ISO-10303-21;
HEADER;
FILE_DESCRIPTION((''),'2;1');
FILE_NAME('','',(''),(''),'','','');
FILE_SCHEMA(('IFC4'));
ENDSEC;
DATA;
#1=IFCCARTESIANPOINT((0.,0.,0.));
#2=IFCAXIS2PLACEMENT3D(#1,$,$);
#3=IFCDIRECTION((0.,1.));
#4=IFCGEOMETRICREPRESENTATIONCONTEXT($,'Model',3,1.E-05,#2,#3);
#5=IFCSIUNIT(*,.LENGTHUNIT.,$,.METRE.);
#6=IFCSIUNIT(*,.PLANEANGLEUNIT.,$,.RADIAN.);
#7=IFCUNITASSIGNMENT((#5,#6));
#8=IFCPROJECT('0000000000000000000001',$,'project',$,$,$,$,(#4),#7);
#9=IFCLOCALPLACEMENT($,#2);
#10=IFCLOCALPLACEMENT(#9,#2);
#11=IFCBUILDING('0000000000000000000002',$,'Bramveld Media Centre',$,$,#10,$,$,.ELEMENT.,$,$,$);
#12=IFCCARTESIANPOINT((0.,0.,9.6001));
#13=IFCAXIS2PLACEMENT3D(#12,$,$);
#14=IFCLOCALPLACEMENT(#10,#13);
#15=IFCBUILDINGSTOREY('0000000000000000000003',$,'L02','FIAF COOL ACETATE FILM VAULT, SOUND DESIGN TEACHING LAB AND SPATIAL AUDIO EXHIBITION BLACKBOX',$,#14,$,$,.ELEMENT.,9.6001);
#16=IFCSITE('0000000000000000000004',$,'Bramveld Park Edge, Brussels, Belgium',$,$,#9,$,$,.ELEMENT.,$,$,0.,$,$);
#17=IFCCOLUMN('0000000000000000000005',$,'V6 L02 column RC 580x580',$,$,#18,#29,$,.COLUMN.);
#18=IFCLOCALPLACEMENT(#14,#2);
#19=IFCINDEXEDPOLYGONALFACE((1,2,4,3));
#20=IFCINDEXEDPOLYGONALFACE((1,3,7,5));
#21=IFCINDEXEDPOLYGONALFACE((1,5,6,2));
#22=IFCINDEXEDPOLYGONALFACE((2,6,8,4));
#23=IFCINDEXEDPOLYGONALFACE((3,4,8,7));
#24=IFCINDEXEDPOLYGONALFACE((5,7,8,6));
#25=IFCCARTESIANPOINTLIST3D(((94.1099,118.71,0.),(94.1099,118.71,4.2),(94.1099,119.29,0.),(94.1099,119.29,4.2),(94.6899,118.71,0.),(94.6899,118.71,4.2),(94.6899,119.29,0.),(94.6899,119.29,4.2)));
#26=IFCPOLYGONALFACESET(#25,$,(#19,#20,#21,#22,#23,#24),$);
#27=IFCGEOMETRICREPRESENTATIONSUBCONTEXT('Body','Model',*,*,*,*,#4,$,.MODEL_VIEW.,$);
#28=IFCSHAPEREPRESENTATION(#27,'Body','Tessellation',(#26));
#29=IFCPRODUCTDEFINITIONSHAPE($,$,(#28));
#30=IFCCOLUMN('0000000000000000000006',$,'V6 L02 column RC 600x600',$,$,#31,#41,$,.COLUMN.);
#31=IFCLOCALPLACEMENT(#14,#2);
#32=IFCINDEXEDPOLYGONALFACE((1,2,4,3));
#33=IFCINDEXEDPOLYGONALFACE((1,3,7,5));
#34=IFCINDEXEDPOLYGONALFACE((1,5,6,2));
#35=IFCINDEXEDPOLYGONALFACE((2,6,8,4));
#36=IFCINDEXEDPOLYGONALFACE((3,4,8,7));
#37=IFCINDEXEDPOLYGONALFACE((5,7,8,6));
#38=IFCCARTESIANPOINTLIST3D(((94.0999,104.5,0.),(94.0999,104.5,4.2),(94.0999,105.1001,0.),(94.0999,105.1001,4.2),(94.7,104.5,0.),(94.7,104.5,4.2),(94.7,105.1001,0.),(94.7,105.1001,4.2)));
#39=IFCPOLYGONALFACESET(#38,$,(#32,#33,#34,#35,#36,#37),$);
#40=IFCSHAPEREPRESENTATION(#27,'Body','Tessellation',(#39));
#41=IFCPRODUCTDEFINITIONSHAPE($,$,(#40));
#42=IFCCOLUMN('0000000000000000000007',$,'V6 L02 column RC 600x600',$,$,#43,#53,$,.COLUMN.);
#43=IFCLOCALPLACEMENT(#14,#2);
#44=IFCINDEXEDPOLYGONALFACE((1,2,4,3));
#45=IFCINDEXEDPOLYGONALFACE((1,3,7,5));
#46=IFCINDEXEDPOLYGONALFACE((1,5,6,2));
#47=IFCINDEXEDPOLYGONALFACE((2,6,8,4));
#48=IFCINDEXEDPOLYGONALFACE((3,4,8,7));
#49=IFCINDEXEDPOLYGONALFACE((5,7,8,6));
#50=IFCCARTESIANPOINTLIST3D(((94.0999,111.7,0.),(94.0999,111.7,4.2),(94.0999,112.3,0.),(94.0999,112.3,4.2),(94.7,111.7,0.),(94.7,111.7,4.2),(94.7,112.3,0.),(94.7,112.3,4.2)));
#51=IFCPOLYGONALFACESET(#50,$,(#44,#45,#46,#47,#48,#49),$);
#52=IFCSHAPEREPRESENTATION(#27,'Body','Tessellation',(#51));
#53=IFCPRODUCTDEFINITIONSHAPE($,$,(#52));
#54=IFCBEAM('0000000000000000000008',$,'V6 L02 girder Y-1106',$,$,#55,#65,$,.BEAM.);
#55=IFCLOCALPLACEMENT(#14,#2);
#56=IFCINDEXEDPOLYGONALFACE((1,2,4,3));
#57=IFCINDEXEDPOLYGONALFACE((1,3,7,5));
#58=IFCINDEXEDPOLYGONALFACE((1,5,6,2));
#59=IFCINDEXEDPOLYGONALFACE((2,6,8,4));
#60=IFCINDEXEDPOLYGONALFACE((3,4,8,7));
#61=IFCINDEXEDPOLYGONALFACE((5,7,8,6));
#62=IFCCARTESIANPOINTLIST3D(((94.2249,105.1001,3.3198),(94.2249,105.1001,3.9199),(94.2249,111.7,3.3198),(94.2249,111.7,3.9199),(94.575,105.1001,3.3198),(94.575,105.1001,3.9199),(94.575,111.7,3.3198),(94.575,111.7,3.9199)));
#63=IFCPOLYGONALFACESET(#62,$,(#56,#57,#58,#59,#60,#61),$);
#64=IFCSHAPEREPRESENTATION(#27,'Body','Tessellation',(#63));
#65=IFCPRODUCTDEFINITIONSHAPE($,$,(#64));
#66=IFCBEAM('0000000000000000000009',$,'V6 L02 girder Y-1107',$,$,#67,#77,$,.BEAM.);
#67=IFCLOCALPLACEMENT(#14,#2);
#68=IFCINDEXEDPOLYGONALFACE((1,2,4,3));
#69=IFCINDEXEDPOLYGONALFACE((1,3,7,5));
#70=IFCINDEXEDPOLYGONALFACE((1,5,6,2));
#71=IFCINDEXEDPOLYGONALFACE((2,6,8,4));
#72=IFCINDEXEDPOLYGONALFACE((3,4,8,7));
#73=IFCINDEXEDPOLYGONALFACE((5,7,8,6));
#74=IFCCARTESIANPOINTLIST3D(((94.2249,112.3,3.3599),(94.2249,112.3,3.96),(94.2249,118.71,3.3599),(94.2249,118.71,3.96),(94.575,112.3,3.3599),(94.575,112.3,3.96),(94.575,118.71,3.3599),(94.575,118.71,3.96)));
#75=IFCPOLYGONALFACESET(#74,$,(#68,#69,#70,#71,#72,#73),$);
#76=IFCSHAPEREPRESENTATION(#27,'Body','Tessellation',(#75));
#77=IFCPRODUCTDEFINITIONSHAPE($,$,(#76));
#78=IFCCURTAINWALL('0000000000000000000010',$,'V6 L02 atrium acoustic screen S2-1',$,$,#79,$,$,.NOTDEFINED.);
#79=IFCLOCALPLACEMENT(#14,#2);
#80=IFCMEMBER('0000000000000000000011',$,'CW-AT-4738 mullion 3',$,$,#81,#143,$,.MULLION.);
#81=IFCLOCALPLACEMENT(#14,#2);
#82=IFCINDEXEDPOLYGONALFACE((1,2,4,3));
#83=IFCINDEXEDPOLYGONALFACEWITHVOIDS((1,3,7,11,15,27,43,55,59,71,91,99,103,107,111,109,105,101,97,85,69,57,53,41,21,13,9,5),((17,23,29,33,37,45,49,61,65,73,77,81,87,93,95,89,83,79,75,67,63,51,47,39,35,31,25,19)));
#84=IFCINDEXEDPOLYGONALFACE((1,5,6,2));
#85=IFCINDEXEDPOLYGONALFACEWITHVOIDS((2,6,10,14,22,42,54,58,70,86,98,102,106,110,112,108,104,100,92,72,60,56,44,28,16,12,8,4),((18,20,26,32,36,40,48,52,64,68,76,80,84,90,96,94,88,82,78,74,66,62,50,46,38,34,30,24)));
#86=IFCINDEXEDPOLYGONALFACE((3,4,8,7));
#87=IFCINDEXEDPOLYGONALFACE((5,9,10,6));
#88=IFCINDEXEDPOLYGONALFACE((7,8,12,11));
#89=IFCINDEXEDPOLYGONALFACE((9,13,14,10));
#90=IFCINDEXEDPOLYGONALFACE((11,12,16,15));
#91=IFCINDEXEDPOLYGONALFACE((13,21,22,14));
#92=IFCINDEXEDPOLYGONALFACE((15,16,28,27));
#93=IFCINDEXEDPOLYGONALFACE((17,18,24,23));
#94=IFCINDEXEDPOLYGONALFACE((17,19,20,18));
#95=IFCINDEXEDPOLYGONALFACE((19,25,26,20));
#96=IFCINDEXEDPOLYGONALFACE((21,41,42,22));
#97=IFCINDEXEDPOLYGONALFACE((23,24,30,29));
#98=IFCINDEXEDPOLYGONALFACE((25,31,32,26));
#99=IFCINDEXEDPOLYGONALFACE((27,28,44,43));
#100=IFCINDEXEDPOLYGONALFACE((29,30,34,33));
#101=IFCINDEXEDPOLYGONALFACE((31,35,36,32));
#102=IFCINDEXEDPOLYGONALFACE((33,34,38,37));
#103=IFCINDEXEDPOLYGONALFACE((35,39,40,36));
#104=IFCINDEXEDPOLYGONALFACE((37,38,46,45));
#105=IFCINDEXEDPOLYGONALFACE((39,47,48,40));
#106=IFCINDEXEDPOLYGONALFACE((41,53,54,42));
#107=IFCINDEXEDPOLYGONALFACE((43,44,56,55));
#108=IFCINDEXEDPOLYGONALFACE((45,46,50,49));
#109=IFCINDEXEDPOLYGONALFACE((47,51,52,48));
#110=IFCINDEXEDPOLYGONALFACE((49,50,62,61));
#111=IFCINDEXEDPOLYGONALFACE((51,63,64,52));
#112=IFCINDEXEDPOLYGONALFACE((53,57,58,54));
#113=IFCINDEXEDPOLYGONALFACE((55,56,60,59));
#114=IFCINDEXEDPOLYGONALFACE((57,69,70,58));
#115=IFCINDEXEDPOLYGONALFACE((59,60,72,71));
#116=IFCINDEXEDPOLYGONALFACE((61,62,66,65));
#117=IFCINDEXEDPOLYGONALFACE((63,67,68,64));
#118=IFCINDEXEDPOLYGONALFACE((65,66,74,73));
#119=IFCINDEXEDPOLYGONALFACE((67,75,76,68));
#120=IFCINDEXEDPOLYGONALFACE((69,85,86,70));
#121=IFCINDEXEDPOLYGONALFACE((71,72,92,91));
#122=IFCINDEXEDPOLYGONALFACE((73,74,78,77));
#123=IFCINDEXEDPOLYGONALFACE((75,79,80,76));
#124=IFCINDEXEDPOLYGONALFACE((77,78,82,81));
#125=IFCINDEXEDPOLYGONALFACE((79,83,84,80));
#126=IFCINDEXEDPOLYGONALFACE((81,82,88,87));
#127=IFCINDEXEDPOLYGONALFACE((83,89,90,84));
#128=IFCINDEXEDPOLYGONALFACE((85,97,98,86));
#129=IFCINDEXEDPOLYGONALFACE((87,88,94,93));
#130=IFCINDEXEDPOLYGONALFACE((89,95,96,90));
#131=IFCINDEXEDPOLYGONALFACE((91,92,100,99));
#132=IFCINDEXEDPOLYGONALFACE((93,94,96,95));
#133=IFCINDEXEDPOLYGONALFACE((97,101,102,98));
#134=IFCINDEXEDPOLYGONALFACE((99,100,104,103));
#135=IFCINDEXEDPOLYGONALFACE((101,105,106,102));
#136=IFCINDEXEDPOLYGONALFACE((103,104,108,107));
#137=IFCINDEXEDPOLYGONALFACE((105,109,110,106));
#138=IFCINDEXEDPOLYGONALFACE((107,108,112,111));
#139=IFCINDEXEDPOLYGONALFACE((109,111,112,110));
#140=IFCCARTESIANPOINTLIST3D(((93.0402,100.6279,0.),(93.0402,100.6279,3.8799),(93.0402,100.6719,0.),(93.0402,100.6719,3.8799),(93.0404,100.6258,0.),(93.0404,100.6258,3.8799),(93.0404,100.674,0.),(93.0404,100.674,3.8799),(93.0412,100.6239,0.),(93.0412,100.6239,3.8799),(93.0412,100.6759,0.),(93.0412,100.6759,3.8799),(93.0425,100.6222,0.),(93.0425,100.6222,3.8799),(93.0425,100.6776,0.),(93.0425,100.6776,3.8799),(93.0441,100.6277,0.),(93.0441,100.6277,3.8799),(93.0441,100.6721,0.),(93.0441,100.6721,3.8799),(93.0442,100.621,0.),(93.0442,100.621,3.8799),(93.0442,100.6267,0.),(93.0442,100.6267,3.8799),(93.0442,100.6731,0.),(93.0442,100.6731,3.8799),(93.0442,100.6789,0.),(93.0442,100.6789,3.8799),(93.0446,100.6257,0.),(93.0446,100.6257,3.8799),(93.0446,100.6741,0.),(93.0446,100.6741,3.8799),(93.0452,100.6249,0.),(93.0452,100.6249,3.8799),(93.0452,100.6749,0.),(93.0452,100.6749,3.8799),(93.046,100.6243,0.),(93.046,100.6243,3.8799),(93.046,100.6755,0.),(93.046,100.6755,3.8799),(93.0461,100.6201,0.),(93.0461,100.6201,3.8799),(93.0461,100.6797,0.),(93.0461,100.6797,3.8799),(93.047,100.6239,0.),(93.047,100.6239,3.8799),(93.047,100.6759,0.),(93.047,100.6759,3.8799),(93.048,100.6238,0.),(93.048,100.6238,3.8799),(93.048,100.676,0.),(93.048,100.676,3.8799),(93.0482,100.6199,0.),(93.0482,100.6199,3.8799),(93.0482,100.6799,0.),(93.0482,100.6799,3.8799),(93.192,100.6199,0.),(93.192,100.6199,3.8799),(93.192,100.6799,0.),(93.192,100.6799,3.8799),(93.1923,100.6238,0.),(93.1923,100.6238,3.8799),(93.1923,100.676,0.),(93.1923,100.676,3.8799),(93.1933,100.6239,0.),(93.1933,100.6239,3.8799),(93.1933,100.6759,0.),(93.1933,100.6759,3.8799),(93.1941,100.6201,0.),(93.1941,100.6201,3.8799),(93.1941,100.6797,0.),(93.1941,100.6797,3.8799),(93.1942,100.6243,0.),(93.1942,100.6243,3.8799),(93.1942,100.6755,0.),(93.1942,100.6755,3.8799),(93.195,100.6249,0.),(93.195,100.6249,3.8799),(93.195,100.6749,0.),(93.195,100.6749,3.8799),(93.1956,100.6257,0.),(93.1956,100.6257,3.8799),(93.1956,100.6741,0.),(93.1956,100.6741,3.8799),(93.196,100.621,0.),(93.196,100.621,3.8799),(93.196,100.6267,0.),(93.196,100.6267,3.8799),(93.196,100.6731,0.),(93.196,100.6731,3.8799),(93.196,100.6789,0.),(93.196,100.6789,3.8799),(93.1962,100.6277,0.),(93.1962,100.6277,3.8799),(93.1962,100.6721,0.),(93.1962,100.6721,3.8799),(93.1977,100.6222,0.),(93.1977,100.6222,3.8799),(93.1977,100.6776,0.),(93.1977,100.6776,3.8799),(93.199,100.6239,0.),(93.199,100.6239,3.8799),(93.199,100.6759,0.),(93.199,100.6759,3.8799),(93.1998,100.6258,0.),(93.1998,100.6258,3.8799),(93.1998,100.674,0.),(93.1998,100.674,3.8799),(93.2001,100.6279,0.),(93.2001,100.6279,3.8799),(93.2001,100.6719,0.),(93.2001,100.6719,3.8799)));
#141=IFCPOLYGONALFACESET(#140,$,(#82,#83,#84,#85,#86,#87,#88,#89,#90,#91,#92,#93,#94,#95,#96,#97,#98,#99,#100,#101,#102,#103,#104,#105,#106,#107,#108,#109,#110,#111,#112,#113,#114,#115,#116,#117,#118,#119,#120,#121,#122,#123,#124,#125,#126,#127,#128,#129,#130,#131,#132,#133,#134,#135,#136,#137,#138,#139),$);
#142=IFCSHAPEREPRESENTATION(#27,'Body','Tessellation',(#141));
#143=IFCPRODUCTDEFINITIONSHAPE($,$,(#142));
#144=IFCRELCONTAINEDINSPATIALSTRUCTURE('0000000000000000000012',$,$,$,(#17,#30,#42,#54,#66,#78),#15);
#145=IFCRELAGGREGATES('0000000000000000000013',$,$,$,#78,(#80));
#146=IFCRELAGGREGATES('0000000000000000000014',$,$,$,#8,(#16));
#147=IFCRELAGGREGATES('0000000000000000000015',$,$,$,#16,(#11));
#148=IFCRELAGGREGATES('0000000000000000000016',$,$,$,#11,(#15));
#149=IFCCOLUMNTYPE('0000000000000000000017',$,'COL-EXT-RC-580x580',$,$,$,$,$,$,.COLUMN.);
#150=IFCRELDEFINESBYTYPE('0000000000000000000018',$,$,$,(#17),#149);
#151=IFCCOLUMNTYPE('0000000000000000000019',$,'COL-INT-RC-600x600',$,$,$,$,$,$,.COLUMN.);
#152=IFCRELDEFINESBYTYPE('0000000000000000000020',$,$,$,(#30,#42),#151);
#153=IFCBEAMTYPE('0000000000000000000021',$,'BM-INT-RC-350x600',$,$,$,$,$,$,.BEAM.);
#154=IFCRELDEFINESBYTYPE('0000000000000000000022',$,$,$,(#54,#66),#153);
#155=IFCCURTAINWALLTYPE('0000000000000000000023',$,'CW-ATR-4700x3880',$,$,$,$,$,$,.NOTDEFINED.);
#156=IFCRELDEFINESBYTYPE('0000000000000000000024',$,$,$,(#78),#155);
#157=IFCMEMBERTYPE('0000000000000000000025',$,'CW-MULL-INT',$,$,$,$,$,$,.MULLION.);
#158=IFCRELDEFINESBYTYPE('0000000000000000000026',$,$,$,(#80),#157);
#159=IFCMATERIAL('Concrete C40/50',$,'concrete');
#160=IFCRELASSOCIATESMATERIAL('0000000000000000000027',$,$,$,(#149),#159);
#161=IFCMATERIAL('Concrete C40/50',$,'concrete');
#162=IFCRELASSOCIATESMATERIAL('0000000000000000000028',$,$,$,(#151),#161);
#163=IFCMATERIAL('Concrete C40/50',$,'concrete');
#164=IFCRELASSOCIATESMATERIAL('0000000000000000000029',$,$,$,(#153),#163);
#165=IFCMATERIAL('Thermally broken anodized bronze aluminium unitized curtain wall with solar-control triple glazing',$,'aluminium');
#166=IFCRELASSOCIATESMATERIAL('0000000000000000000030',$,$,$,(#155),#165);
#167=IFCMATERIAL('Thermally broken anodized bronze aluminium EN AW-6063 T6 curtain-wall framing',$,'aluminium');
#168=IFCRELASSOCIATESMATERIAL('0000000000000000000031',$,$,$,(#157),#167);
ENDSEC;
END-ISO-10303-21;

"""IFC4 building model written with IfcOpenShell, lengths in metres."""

from ifc_helpers import new_model, si_unit, direction, frame, origin, origin_2d, place, context, subcontext, project, spatial, rectangle, hollow_rectangle, extrude, material, material_profile, profile_set, type_object, element, aggregate, save


model = new_model("IFC4")

# Units and contexts
model_context = context("Model", 3, precision=1e-05, world=origin(), true_north=direction((0.0, 1.0)))
body_context = subcontext(model_context, "Body", "Model", "MODEL_VIEW")
ifc_project = project(units=[si_unit("LENGTHUNIT", "METRE"), si_unit("PLANEANGLEUNIT", "RADIAN")], contexts=[model_context])

# Site, building, storey
site_placement = place(None, origin())
site = spatial("IfcSite", under=ifc_project, at=site_placement, Name="Bramveld Park Edge, Brussels, Belgium", CompositionType="ELEMENT", RefElevation=0.0)
building_placement = place(site_placement, origin())
building = spatial("IfcBuilding", under=site, at=building_placement, Name="Bramveld Media Centre", CompositionType="ELEMENT")
storey_placement = place(building_placement, frame((0.0, 0.0, 9.6001)))
storey = spatial("IfcBuildingStorey", under=building, at=storey_placement, Name="L02", Description="FIAF COOL ACETATE FILM VAULT, SOUND DESIGN TEACHING LAB AND SPATIAL AUDIO EXHIBITION BLACKBOX", CompositionType="ELEMENT", Elevation=9.6001)

# Columns
ifc_material_1 = material(Name="Concrete C40/50", Category="concrete")
ifc_material_profile_1 = material_profile(ifc_material_1, rectangle(XDim=0.5801, YDim=0.5801, at=origin_2d()), Name="RC 580x580")
ifc_profile_set_1 = profile_set([ifc_material_profile_1], Name="Concrete C40/50")
column_type_1 = type_object("IfcColumnType", Name="COL-EXT-RC-580x580", PredefinedType="COLUMN", material=ifc_profile_set_1)
column_placement = place(storey_placement, frame((94.3999, 119.0, 0.0), z_axis=(0.0, 0.0, 1.0), x_axis=(1.0, 0.0, 0.0)))
element("IfcColumn", 1, at=column_placement, inside=storey, type_object=column_type_1, Name="V6 L02 column RC 580x580", PredefinedType="COLUMN", context=body_context, shape_type="SweptSolid", body=[
    extrude(rectangle(XDim=0.5801, YDim=0.5801, at=origin_2d()), origin(), (0.0, 0.0, 1.0), 4.2),
])
ifc_material_2 = material(Name="Concrete C40/50", Category="concrete")
ifc_material_profile_2 = material_profile(ifc_material_2, rectangle(XDim=0.6001, YDim=0.6001, at=origin_2d()), Name="RC 600x600")
ifc_profile_set_2 = profile_set([ifc_material_profile_2], Name="Concrete C40/50")
column_type_2 = type_object("IfcColumnType", Name="COL-INT-RC-600x600", PredefinedType="COLUMN", material=ifc_profile_set_2)
for number, where, z_axis, x_axis, name in (
    (2, (94.3999, 104.8, 0.0), (0.0, 0.0, 1.0), (1.0, 0.0, 0.0), "V6 L02 column RC 600x600"),
    (3, (94.3999, 112.0, 0.0), (0.0, 0.0, 1.0), (1.0, 0.0, 0.0), "V6 L02 column RC 600x600"),
):
    element("IfcColumn", number, at=place(storey_placement, frame(where, z_axis=z_axis, x_axis=x_axis)), inside=storey, type_object=column_type_2, Name=name, PredefinedType="COLUMN", context=body_context, shape_type="SweptSolid", body=[
        extrude(rectangle(XDim=0.6001, YDim=0.6001, at=origin_2d()), origin(), (0.0, 0.0, 1.0), 4.2),
    ])

# Beams
ifc_material_3 = material(Name="Concrete C40/50", Category="concrete")
ifc_material_profile_3 = material_profile(ifc_material_3, rectangle(XDim=0.3501, YDim=0.6001, at=origin_2d()), Name="RC 350x600")
ifc_profile_set_3 = profile_set([ifc_material_profile_3], Name="Concrete C40/50")
beam_type_1 = type_object("IfcBeamType", Name="BM-INT-RC-350x600", PredefinedType="BEAM", material=ifc_profile_set_3)
beam_1_placement = place(storey_placement, frame((94.3999, 105.1001, 3.6199), z_axis=(0.0, 1.0, 0.0), x_axis=(-1.0, 0.0, 0.0)))
element("IfcBeam", 4, at=beam_1_placement, inside=storey, type_object=beam_type_1, Name="V6 L02 girder Y-1106", PredefinedType="BEAM", context=body_context, shape_type="SweptSolid", body=[
    extrude(rectangle(XDim=0.3501, YDim=0.6001, at=origin_2d()), origin(), (0.0, 0.0, 1.0), 6.5999),
])
beam_2_placement = place(storey_placement, frame((94.3999, 112.3, 3.6599), z_axis=(0.0, 1.0, 0.0), x_axis=(-1.0, 0.0, 0.0)))
element("IfcBeam", 5, at=beam_2_placement, inside=storey, type_object=beam_type_1, Name="V6 L02 girder Y-1107", PredefinedType="BEAM", context=body_context, shape_type="SweptSolid", body=[
    extrude(rectangle(XDim=0.3501, YDim=0.6001, at=origin_2d()), origin(), (0.0, 0.0, 1.0), 6.4099),
])

# Curtain wall, member
ifc_material_4 = material(Name="Thermally broken anodized bronze aluminium unitized curtain wall with solar-control triple glazing", Category="aluminium")
curtain_wall_type_1 = type_object("IfcCurtainWallType", Name="CW-ATR-4700x3880", PredefinedType="NOTDEFINED", material=ifc_material_4)
curtain_wall_1_placement = place(storey_placement, origin())
curtain_wall_1 = element("IfcCurtainWall", 6, at=curtain_wall_1_placement, inside=storey, type_object=curtain_wall_type_1, Name="V6 L02 atrium acoustic screen S2-1", PredefinedType="NOTDEFINED")
ifc_material_5 = material(Name="Thermally broken anodized bronze aluminium EN AW-6063 T6 curtain-wall framing", Category="aluminium")
ifc_material_profile_4 = material_profile(ifc_material_5, hollow_rectangle(XDim=0.0601, YDim=0.1599, WallThickness=0.0039, InnerFilletRadius=0.0039, OuterFilletRadius=0.0081, at=origin_2d()), Name="AL-MULL 60x160")
ifc_profile_set_4 = profile_set([ifc_material_profile_4], Name="Thermally broken anodized bronze aluminium EN AW-6063 T6 curtain-wall framing")
member_type_1 = type_object("IfcMemberType", Name="CW-MULL-INT", PredefinedType="MULLION", material=ifc_profile_set_4)
member_1_placement = place(storey_placement, frame((93.1201, 100.6499, 0.0), z_axis=(0.0, 0.0, 1.0), x_axis=(0.0, 1.0, 0.0)))
member_1 = element("IfcMember", 7, at=member_1_placement, type_object=member_type_1, Name="CW-AT-4738 mullion 3", PredefinedType="MULLION", context=body_context, shape_type="SweptSolid", body=[
    extrude(hollow_rectangle(XDim=0.0601, YDim=0.1599, WallThickness=0.0039, InnerFilletRadius=0.0039, OuterFilletRadius=0.0081, at=origin_2d()), origin(), (0.0, 0.0, 1.0), 3.8799),
])

aggregate(curtain_wall_1, [member_1])

save(model, "model.ifc")
